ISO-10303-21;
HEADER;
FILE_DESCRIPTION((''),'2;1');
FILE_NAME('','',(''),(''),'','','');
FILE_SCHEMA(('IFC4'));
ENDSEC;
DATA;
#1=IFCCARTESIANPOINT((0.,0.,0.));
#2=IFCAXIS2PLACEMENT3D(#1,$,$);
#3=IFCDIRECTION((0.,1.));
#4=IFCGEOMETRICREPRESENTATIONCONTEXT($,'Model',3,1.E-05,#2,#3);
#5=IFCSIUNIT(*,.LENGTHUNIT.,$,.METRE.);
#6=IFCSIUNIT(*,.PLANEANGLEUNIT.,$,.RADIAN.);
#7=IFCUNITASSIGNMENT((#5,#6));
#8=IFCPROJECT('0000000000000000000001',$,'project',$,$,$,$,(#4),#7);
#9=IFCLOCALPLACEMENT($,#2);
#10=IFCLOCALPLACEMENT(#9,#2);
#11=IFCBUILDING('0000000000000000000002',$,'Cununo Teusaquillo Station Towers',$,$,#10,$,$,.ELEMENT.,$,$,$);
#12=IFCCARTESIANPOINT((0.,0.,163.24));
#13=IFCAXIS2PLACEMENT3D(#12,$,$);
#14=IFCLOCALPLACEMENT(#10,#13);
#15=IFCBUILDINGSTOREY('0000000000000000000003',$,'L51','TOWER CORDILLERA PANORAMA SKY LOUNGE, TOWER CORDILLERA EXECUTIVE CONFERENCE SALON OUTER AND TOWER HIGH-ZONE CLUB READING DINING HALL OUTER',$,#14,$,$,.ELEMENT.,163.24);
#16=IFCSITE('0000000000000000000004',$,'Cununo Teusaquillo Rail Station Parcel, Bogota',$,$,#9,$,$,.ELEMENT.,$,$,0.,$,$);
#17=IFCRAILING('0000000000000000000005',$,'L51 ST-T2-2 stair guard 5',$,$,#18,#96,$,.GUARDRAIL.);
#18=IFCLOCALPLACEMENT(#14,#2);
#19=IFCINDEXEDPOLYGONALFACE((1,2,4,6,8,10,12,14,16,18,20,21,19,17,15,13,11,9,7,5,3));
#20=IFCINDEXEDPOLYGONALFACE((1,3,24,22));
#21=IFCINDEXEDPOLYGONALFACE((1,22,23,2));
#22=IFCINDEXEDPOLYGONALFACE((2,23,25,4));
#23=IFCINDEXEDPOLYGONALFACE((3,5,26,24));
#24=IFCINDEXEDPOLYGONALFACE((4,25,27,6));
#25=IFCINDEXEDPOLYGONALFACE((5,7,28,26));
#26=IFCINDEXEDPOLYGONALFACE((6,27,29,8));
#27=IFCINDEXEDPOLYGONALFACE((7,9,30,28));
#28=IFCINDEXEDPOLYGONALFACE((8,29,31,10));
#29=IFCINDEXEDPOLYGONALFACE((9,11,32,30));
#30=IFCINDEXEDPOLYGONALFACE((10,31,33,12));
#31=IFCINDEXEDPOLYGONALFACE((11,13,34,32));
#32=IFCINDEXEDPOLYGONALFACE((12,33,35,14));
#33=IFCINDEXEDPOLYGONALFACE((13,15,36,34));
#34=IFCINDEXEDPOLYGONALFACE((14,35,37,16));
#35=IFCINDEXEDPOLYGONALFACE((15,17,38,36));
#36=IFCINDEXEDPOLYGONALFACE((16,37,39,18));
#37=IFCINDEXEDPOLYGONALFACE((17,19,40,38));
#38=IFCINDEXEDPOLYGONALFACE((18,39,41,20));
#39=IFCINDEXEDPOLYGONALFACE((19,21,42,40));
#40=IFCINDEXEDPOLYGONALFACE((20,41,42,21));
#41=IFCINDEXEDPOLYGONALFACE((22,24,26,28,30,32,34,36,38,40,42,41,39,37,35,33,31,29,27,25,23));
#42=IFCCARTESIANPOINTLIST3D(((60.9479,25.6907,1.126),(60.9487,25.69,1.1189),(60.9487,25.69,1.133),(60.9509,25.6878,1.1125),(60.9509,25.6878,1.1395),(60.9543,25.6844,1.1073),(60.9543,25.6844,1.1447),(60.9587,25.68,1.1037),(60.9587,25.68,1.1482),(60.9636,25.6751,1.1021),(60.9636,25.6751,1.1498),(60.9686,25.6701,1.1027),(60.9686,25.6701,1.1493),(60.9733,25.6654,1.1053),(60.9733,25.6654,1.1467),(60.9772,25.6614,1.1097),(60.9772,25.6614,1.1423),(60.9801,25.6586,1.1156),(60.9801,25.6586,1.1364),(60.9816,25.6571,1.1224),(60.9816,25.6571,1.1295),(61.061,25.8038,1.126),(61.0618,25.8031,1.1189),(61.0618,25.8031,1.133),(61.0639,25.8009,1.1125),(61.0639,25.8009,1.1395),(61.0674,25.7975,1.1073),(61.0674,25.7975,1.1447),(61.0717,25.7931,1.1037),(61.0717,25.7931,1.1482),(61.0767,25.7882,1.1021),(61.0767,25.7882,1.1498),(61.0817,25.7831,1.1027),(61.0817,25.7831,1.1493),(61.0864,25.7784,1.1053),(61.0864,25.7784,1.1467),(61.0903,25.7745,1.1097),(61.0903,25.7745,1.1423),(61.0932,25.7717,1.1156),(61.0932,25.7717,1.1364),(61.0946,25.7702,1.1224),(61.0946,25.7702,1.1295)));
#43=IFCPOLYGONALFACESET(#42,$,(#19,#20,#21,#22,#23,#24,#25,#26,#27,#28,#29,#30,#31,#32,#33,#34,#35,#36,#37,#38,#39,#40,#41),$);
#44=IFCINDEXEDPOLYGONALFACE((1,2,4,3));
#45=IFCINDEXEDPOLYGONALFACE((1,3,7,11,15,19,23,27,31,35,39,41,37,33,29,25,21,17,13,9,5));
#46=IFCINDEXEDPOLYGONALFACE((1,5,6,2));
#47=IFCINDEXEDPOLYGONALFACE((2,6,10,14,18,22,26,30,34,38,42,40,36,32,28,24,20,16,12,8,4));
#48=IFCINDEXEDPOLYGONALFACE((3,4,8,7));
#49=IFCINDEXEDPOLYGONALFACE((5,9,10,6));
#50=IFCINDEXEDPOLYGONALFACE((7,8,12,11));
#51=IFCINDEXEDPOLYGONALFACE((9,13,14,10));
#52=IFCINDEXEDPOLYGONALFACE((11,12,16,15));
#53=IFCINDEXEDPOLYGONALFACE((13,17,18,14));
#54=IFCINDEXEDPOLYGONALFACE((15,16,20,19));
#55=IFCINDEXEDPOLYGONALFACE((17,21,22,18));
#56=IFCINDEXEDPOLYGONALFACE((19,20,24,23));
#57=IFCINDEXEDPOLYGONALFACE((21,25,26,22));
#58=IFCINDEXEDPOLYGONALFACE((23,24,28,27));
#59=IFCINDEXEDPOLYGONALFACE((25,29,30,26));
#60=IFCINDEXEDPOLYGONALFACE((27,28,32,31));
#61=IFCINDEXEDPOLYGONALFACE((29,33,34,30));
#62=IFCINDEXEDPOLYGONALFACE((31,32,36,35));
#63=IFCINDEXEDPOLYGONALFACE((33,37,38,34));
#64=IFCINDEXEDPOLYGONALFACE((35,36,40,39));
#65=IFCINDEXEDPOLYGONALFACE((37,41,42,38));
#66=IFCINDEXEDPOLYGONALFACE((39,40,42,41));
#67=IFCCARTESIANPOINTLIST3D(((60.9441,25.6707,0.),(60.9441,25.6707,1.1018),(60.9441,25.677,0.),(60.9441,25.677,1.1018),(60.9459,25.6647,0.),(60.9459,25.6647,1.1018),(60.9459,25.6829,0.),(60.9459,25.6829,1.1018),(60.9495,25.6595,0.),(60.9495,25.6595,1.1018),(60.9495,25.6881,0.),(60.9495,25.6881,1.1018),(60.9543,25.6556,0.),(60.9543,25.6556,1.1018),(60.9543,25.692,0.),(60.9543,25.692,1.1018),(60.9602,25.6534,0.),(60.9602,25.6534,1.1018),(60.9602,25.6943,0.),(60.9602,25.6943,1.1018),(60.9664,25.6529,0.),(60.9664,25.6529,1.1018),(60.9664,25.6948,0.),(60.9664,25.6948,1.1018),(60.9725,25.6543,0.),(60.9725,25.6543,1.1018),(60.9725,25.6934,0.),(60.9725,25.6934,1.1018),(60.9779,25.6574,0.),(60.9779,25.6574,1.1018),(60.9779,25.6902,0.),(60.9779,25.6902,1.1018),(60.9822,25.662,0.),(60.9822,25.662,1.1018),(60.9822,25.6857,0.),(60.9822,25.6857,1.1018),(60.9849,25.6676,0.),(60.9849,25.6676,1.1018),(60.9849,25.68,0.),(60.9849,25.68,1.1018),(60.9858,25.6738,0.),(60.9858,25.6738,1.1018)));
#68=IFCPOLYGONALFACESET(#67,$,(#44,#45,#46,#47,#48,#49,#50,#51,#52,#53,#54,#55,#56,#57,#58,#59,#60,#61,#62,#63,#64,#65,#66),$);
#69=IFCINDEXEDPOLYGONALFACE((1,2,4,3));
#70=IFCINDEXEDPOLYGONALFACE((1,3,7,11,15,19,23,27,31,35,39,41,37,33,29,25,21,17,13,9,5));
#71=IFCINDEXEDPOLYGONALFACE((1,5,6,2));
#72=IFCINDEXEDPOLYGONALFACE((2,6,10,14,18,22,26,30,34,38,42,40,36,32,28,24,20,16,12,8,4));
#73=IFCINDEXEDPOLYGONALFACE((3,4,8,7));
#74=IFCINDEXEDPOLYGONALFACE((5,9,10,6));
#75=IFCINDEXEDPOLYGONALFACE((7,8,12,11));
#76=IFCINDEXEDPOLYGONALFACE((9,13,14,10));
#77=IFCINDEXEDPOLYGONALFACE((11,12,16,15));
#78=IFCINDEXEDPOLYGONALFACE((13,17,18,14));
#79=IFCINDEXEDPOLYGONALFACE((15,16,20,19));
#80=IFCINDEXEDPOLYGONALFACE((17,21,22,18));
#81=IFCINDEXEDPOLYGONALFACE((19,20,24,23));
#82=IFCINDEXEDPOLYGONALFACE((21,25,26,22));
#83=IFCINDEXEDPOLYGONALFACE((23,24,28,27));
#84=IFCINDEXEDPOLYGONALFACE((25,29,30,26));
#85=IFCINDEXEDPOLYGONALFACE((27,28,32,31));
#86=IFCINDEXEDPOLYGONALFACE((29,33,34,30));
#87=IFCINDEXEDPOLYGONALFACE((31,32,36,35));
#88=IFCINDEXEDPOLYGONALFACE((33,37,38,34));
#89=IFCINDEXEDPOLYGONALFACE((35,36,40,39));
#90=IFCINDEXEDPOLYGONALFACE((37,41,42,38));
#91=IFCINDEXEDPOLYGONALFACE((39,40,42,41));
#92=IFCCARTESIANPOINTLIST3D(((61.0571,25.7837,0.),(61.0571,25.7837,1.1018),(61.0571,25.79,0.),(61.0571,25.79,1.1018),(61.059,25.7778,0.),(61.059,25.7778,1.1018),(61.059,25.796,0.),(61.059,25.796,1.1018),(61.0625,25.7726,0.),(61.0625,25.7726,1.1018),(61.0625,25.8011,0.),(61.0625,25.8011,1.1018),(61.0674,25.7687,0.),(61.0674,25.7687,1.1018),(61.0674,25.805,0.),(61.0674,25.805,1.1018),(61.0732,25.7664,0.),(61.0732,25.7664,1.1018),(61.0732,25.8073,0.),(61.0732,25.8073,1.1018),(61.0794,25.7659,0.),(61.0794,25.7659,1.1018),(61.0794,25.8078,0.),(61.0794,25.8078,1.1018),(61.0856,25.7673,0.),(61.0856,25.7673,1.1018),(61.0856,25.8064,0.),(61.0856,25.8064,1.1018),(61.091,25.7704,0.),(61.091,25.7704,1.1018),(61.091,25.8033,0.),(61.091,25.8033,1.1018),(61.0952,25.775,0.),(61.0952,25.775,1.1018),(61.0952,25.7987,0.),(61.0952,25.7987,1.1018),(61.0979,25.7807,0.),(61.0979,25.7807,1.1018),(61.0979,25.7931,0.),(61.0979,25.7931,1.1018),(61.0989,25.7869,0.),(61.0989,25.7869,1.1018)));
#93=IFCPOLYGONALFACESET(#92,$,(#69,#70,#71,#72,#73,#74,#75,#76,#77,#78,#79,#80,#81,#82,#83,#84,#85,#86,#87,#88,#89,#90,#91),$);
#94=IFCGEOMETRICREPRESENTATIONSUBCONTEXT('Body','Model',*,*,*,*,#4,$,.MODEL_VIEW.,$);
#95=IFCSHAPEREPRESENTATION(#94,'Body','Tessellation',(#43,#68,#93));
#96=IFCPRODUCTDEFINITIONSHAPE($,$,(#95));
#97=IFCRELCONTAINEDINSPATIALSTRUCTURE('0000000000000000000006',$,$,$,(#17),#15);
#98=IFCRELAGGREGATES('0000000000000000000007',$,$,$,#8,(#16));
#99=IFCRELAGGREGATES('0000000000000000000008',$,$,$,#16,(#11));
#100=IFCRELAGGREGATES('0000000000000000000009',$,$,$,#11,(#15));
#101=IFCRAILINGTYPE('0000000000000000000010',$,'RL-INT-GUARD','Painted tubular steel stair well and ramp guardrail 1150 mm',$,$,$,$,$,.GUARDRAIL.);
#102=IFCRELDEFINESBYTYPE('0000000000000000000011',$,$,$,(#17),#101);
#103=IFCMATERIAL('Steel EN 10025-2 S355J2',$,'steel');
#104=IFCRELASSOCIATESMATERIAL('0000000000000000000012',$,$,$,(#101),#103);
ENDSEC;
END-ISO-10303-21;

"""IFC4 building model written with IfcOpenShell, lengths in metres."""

from ifc_helpers import new_model, si_unit, direction, frame, origin, origin_2d, place, context, subcontext, project, spatial, circle, extrude, material, type_object, element, save


model = new_model("IFC4")

# Units and contexts
model_context = context("Model", 3, precision=1e-05, world=origin(), true_north=direction((0.0, 1.0)))
body_context = subcontext(model_context, "Body", "Model", "MODEL_VIEW")
ifc_project = project(units=[si_unit("LENGTHUNIT", "METRE"), si_unit("PLANEANGLEUNIT", "RADIAN")], contexts=[model_context])

# Site, building, storey
site_placement = place(None, origin())
site = spatial("IfcSite", under=ifc_project, at=site_placement, Name="Cununo Teusaquillo Rail Station Parcel, Bogota", CompositionType="ELEMENT", RefElevation=0.0)
building_placement = place(site_placement, origin())
building = spatial("IfcBuilding", under=site, at=building_placement, Name="Cununo Teusaquillo Station Towers", CompositionType="ELEMENT")
storey_placement = place(building_placement, frame((0.0, 0.0, 163.24)))
storey = spatial("IfcBuildingStorey", under=building, at=storey_placement, Name="L51", Description="TOWER CORDILLERA PANORAMA SKY LOUNGE, TOWER CORDILLERA EXECUTIVE CONFERENCE SALON OUTER AND TOWER HIGH-ZONE CLUB READING DINING HALL OUTER", CompositionType="ELEMENT", Elevation=163.24)

# Railing
ifc_material_1 = material(Name="Steel EN 10025-2 S355J2", Category="steel")
railing_type_1 = type_object("IfcRailingType", Name="RL-INT-GUARD", Description="Painted tubular steel stair well and ramp guardrail 1150 mm", PredefinedType="GUARDRAIL", material=ifc_material_1)
railing_1_placement = place(storey_placement, frame((60.9648, 25.6738, 0.0)))
element("IfcRailing", 1, at=railing_1_placement, inside=storey, type_object=railing_type_1, Name="L51 ST-T2-2 stair guard 5", PredefinedType="GUARDRAIL", context=body_context, shape_type="SweptSolid", body=[
    extrude(circle(Radius=0.0239, at=origin_2d()), frame((0.0, 0.0, 1.126), z_axis=(0.707107, 0.707107, 0.0), x_axis=(-0.707107, 0.707107, 0.0)), (0.0, 0.0, 1.0), 0.1599),
    extrude(circle(Radius=0.021, at=origin_2d()), origin(), (0.0, 0.0, 1.0), 1.1018),
    extrude(circle(Radius=0.021, at=origin_2d()), frame((0.113, 0.113, 0.0)), (0.0, 0.0, 1.0), 1.1018),
])

save(model, "model.ifc")
